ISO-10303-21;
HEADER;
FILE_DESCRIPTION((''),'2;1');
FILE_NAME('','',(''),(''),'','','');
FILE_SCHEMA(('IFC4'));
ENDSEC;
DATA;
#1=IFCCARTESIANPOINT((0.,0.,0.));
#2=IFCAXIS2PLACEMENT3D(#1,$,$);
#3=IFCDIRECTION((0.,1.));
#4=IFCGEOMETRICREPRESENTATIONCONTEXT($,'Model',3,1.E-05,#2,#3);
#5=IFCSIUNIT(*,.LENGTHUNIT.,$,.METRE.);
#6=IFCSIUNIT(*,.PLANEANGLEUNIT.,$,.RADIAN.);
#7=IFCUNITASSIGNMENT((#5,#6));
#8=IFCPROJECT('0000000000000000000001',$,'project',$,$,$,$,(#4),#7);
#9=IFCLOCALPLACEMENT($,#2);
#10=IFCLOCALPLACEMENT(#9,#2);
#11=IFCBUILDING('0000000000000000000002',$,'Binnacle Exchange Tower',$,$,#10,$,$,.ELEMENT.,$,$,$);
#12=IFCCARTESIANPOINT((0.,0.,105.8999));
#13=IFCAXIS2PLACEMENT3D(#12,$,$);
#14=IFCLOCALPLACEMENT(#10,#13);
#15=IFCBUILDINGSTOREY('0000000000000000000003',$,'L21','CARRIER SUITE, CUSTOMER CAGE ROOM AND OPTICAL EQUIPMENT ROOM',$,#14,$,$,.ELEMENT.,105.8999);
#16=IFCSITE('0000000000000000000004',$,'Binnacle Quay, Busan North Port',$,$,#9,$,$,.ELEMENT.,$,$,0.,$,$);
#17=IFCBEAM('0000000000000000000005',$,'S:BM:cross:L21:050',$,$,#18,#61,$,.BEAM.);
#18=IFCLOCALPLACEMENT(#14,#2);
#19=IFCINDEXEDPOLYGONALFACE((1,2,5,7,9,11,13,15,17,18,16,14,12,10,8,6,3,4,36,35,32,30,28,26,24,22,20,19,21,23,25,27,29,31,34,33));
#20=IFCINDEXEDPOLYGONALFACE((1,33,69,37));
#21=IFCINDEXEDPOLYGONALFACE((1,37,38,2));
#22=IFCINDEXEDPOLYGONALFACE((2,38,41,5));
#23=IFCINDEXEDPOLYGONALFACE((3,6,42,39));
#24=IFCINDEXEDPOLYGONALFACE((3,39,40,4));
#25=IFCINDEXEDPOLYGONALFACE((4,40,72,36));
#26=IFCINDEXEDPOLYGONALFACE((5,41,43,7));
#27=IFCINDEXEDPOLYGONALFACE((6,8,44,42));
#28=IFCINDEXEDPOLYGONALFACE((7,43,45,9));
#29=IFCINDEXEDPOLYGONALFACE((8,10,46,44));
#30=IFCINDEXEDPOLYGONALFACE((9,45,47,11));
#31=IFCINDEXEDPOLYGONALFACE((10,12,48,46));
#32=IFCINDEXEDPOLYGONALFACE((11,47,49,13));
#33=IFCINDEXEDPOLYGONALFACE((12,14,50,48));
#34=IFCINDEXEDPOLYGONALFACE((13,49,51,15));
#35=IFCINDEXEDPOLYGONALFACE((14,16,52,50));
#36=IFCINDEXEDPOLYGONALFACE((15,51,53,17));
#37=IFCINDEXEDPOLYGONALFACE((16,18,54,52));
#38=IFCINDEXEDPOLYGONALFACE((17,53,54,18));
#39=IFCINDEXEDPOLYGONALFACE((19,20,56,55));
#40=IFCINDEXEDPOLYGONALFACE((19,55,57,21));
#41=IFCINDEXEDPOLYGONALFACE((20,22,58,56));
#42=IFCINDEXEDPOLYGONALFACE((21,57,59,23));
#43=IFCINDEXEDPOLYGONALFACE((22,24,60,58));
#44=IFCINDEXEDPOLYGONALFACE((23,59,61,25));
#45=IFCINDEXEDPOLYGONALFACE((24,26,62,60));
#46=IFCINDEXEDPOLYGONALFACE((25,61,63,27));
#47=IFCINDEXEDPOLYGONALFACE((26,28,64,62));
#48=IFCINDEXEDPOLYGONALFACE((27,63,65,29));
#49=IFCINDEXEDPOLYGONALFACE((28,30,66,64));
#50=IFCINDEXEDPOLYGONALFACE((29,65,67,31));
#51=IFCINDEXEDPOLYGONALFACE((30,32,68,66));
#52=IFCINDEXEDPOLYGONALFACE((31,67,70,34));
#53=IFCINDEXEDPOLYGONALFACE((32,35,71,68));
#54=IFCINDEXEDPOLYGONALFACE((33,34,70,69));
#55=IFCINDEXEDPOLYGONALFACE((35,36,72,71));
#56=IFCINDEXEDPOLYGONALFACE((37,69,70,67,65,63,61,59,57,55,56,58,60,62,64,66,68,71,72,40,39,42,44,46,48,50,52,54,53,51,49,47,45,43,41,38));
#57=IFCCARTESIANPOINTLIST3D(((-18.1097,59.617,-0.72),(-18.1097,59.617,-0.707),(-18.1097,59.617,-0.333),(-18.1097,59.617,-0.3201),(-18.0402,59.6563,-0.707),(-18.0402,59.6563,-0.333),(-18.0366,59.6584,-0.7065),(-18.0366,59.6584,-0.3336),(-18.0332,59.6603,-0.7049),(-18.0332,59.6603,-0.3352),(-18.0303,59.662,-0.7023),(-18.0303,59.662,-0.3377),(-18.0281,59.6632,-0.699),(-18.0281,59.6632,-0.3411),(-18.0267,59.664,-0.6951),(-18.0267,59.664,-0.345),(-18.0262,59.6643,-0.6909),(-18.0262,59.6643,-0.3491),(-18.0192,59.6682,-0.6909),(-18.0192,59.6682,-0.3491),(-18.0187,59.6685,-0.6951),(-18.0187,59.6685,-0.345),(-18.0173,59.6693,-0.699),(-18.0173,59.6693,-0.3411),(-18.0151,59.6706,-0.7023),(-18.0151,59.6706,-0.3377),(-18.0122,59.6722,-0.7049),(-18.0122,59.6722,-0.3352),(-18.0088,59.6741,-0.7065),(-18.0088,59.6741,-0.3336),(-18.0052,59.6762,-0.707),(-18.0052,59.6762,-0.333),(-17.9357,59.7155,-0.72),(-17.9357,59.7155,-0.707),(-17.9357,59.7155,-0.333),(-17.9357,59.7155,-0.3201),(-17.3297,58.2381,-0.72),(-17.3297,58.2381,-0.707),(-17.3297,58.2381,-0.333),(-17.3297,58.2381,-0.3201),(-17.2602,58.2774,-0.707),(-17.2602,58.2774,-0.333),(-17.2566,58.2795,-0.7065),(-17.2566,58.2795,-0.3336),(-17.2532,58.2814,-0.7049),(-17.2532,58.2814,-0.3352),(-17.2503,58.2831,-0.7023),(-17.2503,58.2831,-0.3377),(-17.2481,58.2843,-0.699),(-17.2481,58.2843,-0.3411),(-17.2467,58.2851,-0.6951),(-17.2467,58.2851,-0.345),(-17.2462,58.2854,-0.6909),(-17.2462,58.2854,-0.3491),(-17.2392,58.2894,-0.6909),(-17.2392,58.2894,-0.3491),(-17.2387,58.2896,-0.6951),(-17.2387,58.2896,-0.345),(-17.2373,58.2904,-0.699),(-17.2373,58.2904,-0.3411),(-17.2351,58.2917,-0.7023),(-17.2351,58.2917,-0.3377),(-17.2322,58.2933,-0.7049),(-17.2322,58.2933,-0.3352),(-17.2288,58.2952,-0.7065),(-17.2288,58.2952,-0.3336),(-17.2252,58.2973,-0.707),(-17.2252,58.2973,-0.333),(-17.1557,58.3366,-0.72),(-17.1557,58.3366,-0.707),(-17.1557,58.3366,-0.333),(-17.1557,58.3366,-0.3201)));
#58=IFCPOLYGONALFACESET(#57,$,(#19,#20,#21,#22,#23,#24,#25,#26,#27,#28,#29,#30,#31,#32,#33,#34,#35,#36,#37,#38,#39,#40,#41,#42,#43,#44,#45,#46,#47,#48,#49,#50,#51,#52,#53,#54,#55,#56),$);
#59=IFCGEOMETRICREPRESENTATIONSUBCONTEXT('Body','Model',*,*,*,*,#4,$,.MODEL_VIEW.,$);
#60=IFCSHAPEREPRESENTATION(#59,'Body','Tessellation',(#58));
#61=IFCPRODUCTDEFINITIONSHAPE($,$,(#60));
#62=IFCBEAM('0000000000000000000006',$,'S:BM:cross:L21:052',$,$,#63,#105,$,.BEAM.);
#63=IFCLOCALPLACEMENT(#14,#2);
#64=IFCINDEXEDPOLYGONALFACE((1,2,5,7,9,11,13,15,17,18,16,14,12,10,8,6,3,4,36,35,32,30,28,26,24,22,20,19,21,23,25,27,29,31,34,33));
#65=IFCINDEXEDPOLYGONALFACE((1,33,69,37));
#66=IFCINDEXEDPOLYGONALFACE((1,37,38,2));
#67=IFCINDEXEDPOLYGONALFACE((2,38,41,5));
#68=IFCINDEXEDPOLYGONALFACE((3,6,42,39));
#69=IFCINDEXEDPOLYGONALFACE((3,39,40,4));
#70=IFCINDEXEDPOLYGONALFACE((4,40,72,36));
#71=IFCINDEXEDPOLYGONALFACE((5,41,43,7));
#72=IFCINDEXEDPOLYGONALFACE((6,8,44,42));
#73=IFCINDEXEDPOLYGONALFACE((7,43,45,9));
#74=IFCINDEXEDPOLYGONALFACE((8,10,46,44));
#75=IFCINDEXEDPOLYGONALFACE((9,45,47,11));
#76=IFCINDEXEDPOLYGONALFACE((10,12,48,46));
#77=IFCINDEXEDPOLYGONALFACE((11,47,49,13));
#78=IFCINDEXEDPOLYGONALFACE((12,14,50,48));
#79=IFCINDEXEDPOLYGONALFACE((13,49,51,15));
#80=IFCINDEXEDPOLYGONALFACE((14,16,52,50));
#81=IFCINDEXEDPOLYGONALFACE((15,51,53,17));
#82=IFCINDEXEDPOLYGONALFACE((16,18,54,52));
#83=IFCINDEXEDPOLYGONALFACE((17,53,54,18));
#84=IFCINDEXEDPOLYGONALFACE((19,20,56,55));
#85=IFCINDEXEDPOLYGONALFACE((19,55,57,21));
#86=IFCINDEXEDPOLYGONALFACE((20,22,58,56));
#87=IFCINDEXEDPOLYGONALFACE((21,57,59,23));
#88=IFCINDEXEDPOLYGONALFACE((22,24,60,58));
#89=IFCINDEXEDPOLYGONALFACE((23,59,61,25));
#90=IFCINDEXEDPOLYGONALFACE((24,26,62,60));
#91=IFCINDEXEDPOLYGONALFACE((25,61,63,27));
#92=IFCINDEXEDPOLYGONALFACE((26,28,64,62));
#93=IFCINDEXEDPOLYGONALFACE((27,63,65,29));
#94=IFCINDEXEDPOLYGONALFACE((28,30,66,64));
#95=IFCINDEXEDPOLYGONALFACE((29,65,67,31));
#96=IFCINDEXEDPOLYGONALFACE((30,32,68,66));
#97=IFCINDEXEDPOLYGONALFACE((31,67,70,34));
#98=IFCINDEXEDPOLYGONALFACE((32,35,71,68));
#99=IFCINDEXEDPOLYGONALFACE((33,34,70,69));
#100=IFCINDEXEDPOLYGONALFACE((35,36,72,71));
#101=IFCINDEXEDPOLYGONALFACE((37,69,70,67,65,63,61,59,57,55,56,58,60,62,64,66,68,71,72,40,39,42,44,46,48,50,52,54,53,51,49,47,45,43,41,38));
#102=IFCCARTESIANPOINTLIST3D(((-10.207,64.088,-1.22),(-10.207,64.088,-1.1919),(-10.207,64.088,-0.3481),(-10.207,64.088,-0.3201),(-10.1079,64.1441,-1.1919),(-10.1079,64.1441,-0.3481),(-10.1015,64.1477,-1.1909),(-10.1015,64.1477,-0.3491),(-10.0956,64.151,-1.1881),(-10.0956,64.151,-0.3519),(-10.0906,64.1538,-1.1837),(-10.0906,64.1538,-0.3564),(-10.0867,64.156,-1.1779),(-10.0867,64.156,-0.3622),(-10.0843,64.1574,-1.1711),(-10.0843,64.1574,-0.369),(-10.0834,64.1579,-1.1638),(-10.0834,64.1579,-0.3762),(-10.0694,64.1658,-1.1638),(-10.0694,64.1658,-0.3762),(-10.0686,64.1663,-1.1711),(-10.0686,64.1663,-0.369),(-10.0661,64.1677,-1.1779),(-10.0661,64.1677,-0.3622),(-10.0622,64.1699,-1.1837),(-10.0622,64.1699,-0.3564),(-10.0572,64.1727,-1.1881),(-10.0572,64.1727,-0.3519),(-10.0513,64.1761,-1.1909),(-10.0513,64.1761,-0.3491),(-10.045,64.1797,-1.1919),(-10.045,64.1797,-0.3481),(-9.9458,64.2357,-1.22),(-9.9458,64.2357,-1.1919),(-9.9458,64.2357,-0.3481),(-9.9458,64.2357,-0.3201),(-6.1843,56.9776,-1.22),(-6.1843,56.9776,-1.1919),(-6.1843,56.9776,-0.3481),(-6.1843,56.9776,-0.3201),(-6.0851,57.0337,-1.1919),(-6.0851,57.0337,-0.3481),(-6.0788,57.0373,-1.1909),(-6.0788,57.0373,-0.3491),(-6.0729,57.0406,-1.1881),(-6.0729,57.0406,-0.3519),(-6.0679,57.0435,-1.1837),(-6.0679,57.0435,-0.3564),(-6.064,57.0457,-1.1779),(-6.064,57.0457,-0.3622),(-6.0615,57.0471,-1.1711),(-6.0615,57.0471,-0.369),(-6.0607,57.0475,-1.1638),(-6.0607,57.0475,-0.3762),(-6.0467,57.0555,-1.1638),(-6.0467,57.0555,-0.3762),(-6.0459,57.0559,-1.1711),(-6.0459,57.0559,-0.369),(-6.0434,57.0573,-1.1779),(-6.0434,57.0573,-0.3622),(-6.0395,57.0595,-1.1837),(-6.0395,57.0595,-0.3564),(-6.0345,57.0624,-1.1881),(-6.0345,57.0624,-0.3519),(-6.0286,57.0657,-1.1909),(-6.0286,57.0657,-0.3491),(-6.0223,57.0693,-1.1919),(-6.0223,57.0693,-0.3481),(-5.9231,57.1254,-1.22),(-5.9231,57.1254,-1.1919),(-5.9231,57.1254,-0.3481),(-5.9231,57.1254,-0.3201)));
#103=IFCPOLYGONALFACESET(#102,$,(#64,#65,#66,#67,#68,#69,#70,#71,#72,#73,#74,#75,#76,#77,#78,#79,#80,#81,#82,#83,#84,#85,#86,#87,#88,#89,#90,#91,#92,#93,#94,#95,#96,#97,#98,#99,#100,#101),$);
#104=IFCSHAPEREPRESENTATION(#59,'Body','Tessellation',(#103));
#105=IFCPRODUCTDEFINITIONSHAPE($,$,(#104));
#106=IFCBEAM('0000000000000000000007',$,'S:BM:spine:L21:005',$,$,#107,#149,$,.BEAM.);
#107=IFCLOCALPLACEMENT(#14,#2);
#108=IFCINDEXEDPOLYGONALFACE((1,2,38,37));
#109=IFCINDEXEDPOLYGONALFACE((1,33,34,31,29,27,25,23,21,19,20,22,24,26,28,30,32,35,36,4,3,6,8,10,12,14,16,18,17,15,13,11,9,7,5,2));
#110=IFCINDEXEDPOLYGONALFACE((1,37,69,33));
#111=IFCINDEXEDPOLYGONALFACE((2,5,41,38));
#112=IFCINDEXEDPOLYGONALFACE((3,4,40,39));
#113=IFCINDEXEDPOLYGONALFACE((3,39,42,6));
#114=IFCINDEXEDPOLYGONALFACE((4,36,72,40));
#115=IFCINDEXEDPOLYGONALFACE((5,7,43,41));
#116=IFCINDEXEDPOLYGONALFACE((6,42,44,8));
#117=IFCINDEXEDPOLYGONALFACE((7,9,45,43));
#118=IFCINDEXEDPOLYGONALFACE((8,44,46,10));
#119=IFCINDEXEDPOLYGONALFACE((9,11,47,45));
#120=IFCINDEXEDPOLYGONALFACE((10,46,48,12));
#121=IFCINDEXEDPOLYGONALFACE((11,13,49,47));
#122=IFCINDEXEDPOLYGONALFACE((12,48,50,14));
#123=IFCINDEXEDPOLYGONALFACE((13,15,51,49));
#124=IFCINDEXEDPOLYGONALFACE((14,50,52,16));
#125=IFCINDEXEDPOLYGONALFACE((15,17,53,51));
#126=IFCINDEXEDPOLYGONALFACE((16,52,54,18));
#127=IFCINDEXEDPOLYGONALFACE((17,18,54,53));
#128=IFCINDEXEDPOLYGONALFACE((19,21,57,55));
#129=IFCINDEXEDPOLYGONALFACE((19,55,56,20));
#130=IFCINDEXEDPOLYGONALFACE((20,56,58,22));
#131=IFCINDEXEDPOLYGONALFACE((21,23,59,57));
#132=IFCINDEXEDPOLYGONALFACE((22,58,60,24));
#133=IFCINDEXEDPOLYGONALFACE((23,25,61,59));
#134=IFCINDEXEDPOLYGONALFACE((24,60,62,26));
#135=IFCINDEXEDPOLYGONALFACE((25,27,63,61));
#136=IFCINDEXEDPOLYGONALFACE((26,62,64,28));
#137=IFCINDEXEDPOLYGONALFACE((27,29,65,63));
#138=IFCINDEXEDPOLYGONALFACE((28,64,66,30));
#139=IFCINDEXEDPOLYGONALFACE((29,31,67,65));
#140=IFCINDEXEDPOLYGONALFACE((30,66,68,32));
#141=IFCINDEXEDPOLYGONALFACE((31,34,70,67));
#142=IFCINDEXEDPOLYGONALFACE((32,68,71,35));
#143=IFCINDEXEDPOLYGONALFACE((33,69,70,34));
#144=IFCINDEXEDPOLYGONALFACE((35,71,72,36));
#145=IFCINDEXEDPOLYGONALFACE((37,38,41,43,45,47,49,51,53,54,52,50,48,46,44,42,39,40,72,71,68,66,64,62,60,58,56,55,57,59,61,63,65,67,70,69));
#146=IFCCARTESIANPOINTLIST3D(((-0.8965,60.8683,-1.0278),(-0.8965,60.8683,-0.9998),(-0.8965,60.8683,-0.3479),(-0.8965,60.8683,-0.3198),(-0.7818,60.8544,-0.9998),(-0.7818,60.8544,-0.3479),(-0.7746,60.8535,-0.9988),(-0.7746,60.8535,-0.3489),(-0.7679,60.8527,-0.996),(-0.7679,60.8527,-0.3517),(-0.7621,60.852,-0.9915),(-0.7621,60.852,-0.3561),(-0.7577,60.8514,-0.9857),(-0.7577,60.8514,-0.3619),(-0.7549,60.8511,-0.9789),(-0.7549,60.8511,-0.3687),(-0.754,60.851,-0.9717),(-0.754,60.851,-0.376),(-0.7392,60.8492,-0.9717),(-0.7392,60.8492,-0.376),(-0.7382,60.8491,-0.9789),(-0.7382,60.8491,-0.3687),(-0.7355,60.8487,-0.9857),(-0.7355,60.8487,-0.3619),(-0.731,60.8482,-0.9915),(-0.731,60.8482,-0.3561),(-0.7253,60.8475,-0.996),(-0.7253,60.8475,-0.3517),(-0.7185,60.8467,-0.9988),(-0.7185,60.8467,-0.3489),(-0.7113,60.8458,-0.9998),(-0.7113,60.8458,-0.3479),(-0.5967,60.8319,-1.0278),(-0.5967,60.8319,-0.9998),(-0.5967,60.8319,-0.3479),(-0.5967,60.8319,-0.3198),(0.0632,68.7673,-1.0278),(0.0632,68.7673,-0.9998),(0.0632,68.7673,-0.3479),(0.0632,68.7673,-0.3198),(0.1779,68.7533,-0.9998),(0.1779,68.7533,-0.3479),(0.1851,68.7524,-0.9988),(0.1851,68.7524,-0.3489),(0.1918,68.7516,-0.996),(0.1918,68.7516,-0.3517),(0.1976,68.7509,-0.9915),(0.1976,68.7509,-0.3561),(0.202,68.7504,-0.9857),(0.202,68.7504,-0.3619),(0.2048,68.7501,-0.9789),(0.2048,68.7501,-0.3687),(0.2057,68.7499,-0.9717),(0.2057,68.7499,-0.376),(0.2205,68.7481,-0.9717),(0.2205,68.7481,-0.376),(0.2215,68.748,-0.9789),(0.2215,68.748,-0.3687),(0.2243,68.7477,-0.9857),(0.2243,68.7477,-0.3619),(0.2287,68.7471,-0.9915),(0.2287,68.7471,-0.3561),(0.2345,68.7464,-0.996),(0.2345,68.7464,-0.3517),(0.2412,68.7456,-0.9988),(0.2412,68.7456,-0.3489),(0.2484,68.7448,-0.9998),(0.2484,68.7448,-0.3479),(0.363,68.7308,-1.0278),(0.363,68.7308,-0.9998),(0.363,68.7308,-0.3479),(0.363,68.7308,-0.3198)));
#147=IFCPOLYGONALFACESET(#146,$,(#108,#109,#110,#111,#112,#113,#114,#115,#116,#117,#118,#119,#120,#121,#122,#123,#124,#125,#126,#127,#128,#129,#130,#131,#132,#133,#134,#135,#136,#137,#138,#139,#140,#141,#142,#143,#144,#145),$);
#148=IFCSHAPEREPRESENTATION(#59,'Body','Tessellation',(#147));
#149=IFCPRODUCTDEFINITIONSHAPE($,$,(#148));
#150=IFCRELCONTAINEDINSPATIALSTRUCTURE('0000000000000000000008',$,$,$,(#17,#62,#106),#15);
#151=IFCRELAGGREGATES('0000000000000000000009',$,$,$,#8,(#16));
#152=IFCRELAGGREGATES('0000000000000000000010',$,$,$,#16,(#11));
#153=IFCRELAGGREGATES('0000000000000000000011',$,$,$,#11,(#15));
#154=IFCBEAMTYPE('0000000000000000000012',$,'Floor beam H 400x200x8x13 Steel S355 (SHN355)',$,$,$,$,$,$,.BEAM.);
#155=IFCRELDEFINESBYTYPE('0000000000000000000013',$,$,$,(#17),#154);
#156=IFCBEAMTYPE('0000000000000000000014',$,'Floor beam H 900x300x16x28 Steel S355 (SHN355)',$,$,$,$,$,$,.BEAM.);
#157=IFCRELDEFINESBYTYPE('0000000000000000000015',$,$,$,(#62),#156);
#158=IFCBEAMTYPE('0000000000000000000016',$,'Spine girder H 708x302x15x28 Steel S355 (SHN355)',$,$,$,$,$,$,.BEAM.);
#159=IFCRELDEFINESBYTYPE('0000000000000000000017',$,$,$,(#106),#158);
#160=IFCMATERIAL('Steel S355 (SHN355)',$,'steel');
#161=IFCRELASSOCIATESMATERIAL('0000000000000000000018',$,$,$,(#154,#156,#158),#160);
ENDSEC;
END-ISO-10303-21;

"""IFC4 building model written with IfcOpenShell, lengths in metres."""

from ifc_helpers import new_model, si_unit, direction, frame, origin, origin_2d, place, context, subcontext, project, spatial, i_section, extrude, material, material_profile, profile_set, type_object, element, save


model = new_model("IFC4")

# Units and contexts
model_context = context("Model", 3, precision=1e-05, world=origin(), true_north=direction((0.0, 1.0)))
body_context = subcontext(model_context, "Body", "Model", "MODEL_VIEW")
ifc_project = project(units=[si_unit("LENGTHUNIT", "METRE"), si_unit("PLANEANGLEUNIT", "RADIAN")], contexts=[model_context])

# Site, building, storey
site_placement = place(None, origin())
site = spatial("IfcSite", under=ifc_project, at=site_placement, Name="Binnacle Quay, Busan North Port", CompositionType="ELEMENT", RefElevation=0.0)
building_placement = place(site_placement, origin())
building = spatial("IfcBuilding", under=site, at=building_placement, Name="Binnacle Exchange Tower", CompositionType="ELEMENT")
storey_placement = place(building_placement, frame((0.0, 0.0, 105.8999)))
storey = spatial("IfcBuildingStorey", under=building, at=storey_placement, Name="L21", Description="CARRIER SUITE, CUSTOMER CAGE ROOM AND OPTICAL EQUIPMENT ROOM", CompositionType="ELEMENT", Elevation=105.8999)

# Beams
ifc_material_1 = material(Name="Steel S355 (SHN355)", Category="steel")
ifc_material_profile_1 = material_profile(ifc_material_1, i_section(OverallWidth=0.2, OverallDepth=0.3999, WebThickness=0.0081, FlangeThickness=0.0129, FilletRadius=0.0161, at=origin_2d()), Name="H 400x200x8x13")
ifc_profile_set_1 = profile_set([ifc_material_profile_1], Name="Steel S355 (SHN355)")
beam_type_1 = type_object("IfcBeamType", Name="Floor beam H 400x200x8x13 Steel S355 (SHN355)", PredefinedType="BEAM", material=ifc_profile_set_1)
beam_1_placement = place(storey_placement, frame((-18.0227, 59.6663, -0.52), z_axis=(0.492367, -0.870388, 0.0), x_axis=(0.870388, 0.492367, 0.0)))
element("IfcBeam", 1, at=beam_1_placement, inside=storey, type_object=beam_type_1, Name="S:BM:cross:L21:050", PredefinedType="BEAM", context=body_context, shape_type="SweptSolid", body=[
    extrude(i_section(OverallWidth=0.2, OverallDepth=0.3999, WebThickness=0.0081, FlangeThickness=0.0129, FilletRadius=0.0161, at=origin_2d()), origin(), (0.0, 0.0, 1.0), 1.5842),
])
ifc_material_profile_2 = material_profile(ifc_material_1, i_section(OverallWidth=0.3, OverallDepth=0.8999, WebThickness=0.0161, FlangeThickness=0.0281, FilletRadius=0.0281, at=origin_2d()), Name="H 900x300x16x28")
ifc_profile_set_2 = profile_set([ifc_material_profile_2], Name="Steel S355 (SHN355)")
beam_type_2 = type_object("IfcBeamType", Name="Floor beam H 900x300x16x28 Steel S355 (SHN355)", PredefinedType="BEAM", material=ifc_profile_set_2)
beam_2_placement = place(storey_placement, frame((-10.0764, 64.1619, -0.77), z_axis=(0.492411, -0.870363, 0.0), x_axis=(0.870363, 0.492411, 0.0)))
element("IfcBeam", 2, at=beam_2_placement, inside=storey, type_object=beam_type_2, Name="S:BM:cross:L21:052", PredefinedType="BEAM", context=body_context, shape_type="SweptSolid", body=[
    extrude(i_section(OverallWidth=0.3, OverallDepth=0.8999, WebThickness=0.0161, FlangeThickness=0.0281, FilletRadius=0.0281, at=origin_2d()), origin(), (0.0, 0.0, 1.0), 8.1694),
])
ifc_material_profile_3 = material_profile(ifc_material_1, i_section(OverallWidth=0.302, OverallDepth=0.708, WebThickness=0.0149, FlangeThickness=0.0281, FilletRadius=0.0281, at=origin_2d()), Name="H 708x302x15x28")
ifc_profile_set_3 = profile_set([ifc_material_profile_3], Name="Steel S355 (SHN355)")
beam_type_3 = type_object("IfcBeamType", Name="Spine girder H 708x302x15x28 Steel S355 (SHN355)", PredefinedType="BEAM", material=ifc_profile_set_3)
beam_3_placement = place(storey_placement, frame((-0.7466, 60.8501, -0.6738), z_axis=(0.120613, 0.9927, 0.0), x_axis=(-0.9927, 0.120613, 0.0)))
element("IfcBeam", 3, at=beam_3_placement, inside=storey, type_object=beam_type_3, Name="S:BM:spine:L21:005", PredefinedType="BEAM", context=body_context, shape_type="SweptSolid", body=[
    extrude(i_section(OverallWidth=0.302, OverallDepth=0.708, WebThickness=0.0149, FlangeThickness=0.0281, FilletRadius=0.0281, at=origin_2d()), origin(), (0.0, 0.0, 1.0), 7.957),
])

save(model, "model.ifc")
